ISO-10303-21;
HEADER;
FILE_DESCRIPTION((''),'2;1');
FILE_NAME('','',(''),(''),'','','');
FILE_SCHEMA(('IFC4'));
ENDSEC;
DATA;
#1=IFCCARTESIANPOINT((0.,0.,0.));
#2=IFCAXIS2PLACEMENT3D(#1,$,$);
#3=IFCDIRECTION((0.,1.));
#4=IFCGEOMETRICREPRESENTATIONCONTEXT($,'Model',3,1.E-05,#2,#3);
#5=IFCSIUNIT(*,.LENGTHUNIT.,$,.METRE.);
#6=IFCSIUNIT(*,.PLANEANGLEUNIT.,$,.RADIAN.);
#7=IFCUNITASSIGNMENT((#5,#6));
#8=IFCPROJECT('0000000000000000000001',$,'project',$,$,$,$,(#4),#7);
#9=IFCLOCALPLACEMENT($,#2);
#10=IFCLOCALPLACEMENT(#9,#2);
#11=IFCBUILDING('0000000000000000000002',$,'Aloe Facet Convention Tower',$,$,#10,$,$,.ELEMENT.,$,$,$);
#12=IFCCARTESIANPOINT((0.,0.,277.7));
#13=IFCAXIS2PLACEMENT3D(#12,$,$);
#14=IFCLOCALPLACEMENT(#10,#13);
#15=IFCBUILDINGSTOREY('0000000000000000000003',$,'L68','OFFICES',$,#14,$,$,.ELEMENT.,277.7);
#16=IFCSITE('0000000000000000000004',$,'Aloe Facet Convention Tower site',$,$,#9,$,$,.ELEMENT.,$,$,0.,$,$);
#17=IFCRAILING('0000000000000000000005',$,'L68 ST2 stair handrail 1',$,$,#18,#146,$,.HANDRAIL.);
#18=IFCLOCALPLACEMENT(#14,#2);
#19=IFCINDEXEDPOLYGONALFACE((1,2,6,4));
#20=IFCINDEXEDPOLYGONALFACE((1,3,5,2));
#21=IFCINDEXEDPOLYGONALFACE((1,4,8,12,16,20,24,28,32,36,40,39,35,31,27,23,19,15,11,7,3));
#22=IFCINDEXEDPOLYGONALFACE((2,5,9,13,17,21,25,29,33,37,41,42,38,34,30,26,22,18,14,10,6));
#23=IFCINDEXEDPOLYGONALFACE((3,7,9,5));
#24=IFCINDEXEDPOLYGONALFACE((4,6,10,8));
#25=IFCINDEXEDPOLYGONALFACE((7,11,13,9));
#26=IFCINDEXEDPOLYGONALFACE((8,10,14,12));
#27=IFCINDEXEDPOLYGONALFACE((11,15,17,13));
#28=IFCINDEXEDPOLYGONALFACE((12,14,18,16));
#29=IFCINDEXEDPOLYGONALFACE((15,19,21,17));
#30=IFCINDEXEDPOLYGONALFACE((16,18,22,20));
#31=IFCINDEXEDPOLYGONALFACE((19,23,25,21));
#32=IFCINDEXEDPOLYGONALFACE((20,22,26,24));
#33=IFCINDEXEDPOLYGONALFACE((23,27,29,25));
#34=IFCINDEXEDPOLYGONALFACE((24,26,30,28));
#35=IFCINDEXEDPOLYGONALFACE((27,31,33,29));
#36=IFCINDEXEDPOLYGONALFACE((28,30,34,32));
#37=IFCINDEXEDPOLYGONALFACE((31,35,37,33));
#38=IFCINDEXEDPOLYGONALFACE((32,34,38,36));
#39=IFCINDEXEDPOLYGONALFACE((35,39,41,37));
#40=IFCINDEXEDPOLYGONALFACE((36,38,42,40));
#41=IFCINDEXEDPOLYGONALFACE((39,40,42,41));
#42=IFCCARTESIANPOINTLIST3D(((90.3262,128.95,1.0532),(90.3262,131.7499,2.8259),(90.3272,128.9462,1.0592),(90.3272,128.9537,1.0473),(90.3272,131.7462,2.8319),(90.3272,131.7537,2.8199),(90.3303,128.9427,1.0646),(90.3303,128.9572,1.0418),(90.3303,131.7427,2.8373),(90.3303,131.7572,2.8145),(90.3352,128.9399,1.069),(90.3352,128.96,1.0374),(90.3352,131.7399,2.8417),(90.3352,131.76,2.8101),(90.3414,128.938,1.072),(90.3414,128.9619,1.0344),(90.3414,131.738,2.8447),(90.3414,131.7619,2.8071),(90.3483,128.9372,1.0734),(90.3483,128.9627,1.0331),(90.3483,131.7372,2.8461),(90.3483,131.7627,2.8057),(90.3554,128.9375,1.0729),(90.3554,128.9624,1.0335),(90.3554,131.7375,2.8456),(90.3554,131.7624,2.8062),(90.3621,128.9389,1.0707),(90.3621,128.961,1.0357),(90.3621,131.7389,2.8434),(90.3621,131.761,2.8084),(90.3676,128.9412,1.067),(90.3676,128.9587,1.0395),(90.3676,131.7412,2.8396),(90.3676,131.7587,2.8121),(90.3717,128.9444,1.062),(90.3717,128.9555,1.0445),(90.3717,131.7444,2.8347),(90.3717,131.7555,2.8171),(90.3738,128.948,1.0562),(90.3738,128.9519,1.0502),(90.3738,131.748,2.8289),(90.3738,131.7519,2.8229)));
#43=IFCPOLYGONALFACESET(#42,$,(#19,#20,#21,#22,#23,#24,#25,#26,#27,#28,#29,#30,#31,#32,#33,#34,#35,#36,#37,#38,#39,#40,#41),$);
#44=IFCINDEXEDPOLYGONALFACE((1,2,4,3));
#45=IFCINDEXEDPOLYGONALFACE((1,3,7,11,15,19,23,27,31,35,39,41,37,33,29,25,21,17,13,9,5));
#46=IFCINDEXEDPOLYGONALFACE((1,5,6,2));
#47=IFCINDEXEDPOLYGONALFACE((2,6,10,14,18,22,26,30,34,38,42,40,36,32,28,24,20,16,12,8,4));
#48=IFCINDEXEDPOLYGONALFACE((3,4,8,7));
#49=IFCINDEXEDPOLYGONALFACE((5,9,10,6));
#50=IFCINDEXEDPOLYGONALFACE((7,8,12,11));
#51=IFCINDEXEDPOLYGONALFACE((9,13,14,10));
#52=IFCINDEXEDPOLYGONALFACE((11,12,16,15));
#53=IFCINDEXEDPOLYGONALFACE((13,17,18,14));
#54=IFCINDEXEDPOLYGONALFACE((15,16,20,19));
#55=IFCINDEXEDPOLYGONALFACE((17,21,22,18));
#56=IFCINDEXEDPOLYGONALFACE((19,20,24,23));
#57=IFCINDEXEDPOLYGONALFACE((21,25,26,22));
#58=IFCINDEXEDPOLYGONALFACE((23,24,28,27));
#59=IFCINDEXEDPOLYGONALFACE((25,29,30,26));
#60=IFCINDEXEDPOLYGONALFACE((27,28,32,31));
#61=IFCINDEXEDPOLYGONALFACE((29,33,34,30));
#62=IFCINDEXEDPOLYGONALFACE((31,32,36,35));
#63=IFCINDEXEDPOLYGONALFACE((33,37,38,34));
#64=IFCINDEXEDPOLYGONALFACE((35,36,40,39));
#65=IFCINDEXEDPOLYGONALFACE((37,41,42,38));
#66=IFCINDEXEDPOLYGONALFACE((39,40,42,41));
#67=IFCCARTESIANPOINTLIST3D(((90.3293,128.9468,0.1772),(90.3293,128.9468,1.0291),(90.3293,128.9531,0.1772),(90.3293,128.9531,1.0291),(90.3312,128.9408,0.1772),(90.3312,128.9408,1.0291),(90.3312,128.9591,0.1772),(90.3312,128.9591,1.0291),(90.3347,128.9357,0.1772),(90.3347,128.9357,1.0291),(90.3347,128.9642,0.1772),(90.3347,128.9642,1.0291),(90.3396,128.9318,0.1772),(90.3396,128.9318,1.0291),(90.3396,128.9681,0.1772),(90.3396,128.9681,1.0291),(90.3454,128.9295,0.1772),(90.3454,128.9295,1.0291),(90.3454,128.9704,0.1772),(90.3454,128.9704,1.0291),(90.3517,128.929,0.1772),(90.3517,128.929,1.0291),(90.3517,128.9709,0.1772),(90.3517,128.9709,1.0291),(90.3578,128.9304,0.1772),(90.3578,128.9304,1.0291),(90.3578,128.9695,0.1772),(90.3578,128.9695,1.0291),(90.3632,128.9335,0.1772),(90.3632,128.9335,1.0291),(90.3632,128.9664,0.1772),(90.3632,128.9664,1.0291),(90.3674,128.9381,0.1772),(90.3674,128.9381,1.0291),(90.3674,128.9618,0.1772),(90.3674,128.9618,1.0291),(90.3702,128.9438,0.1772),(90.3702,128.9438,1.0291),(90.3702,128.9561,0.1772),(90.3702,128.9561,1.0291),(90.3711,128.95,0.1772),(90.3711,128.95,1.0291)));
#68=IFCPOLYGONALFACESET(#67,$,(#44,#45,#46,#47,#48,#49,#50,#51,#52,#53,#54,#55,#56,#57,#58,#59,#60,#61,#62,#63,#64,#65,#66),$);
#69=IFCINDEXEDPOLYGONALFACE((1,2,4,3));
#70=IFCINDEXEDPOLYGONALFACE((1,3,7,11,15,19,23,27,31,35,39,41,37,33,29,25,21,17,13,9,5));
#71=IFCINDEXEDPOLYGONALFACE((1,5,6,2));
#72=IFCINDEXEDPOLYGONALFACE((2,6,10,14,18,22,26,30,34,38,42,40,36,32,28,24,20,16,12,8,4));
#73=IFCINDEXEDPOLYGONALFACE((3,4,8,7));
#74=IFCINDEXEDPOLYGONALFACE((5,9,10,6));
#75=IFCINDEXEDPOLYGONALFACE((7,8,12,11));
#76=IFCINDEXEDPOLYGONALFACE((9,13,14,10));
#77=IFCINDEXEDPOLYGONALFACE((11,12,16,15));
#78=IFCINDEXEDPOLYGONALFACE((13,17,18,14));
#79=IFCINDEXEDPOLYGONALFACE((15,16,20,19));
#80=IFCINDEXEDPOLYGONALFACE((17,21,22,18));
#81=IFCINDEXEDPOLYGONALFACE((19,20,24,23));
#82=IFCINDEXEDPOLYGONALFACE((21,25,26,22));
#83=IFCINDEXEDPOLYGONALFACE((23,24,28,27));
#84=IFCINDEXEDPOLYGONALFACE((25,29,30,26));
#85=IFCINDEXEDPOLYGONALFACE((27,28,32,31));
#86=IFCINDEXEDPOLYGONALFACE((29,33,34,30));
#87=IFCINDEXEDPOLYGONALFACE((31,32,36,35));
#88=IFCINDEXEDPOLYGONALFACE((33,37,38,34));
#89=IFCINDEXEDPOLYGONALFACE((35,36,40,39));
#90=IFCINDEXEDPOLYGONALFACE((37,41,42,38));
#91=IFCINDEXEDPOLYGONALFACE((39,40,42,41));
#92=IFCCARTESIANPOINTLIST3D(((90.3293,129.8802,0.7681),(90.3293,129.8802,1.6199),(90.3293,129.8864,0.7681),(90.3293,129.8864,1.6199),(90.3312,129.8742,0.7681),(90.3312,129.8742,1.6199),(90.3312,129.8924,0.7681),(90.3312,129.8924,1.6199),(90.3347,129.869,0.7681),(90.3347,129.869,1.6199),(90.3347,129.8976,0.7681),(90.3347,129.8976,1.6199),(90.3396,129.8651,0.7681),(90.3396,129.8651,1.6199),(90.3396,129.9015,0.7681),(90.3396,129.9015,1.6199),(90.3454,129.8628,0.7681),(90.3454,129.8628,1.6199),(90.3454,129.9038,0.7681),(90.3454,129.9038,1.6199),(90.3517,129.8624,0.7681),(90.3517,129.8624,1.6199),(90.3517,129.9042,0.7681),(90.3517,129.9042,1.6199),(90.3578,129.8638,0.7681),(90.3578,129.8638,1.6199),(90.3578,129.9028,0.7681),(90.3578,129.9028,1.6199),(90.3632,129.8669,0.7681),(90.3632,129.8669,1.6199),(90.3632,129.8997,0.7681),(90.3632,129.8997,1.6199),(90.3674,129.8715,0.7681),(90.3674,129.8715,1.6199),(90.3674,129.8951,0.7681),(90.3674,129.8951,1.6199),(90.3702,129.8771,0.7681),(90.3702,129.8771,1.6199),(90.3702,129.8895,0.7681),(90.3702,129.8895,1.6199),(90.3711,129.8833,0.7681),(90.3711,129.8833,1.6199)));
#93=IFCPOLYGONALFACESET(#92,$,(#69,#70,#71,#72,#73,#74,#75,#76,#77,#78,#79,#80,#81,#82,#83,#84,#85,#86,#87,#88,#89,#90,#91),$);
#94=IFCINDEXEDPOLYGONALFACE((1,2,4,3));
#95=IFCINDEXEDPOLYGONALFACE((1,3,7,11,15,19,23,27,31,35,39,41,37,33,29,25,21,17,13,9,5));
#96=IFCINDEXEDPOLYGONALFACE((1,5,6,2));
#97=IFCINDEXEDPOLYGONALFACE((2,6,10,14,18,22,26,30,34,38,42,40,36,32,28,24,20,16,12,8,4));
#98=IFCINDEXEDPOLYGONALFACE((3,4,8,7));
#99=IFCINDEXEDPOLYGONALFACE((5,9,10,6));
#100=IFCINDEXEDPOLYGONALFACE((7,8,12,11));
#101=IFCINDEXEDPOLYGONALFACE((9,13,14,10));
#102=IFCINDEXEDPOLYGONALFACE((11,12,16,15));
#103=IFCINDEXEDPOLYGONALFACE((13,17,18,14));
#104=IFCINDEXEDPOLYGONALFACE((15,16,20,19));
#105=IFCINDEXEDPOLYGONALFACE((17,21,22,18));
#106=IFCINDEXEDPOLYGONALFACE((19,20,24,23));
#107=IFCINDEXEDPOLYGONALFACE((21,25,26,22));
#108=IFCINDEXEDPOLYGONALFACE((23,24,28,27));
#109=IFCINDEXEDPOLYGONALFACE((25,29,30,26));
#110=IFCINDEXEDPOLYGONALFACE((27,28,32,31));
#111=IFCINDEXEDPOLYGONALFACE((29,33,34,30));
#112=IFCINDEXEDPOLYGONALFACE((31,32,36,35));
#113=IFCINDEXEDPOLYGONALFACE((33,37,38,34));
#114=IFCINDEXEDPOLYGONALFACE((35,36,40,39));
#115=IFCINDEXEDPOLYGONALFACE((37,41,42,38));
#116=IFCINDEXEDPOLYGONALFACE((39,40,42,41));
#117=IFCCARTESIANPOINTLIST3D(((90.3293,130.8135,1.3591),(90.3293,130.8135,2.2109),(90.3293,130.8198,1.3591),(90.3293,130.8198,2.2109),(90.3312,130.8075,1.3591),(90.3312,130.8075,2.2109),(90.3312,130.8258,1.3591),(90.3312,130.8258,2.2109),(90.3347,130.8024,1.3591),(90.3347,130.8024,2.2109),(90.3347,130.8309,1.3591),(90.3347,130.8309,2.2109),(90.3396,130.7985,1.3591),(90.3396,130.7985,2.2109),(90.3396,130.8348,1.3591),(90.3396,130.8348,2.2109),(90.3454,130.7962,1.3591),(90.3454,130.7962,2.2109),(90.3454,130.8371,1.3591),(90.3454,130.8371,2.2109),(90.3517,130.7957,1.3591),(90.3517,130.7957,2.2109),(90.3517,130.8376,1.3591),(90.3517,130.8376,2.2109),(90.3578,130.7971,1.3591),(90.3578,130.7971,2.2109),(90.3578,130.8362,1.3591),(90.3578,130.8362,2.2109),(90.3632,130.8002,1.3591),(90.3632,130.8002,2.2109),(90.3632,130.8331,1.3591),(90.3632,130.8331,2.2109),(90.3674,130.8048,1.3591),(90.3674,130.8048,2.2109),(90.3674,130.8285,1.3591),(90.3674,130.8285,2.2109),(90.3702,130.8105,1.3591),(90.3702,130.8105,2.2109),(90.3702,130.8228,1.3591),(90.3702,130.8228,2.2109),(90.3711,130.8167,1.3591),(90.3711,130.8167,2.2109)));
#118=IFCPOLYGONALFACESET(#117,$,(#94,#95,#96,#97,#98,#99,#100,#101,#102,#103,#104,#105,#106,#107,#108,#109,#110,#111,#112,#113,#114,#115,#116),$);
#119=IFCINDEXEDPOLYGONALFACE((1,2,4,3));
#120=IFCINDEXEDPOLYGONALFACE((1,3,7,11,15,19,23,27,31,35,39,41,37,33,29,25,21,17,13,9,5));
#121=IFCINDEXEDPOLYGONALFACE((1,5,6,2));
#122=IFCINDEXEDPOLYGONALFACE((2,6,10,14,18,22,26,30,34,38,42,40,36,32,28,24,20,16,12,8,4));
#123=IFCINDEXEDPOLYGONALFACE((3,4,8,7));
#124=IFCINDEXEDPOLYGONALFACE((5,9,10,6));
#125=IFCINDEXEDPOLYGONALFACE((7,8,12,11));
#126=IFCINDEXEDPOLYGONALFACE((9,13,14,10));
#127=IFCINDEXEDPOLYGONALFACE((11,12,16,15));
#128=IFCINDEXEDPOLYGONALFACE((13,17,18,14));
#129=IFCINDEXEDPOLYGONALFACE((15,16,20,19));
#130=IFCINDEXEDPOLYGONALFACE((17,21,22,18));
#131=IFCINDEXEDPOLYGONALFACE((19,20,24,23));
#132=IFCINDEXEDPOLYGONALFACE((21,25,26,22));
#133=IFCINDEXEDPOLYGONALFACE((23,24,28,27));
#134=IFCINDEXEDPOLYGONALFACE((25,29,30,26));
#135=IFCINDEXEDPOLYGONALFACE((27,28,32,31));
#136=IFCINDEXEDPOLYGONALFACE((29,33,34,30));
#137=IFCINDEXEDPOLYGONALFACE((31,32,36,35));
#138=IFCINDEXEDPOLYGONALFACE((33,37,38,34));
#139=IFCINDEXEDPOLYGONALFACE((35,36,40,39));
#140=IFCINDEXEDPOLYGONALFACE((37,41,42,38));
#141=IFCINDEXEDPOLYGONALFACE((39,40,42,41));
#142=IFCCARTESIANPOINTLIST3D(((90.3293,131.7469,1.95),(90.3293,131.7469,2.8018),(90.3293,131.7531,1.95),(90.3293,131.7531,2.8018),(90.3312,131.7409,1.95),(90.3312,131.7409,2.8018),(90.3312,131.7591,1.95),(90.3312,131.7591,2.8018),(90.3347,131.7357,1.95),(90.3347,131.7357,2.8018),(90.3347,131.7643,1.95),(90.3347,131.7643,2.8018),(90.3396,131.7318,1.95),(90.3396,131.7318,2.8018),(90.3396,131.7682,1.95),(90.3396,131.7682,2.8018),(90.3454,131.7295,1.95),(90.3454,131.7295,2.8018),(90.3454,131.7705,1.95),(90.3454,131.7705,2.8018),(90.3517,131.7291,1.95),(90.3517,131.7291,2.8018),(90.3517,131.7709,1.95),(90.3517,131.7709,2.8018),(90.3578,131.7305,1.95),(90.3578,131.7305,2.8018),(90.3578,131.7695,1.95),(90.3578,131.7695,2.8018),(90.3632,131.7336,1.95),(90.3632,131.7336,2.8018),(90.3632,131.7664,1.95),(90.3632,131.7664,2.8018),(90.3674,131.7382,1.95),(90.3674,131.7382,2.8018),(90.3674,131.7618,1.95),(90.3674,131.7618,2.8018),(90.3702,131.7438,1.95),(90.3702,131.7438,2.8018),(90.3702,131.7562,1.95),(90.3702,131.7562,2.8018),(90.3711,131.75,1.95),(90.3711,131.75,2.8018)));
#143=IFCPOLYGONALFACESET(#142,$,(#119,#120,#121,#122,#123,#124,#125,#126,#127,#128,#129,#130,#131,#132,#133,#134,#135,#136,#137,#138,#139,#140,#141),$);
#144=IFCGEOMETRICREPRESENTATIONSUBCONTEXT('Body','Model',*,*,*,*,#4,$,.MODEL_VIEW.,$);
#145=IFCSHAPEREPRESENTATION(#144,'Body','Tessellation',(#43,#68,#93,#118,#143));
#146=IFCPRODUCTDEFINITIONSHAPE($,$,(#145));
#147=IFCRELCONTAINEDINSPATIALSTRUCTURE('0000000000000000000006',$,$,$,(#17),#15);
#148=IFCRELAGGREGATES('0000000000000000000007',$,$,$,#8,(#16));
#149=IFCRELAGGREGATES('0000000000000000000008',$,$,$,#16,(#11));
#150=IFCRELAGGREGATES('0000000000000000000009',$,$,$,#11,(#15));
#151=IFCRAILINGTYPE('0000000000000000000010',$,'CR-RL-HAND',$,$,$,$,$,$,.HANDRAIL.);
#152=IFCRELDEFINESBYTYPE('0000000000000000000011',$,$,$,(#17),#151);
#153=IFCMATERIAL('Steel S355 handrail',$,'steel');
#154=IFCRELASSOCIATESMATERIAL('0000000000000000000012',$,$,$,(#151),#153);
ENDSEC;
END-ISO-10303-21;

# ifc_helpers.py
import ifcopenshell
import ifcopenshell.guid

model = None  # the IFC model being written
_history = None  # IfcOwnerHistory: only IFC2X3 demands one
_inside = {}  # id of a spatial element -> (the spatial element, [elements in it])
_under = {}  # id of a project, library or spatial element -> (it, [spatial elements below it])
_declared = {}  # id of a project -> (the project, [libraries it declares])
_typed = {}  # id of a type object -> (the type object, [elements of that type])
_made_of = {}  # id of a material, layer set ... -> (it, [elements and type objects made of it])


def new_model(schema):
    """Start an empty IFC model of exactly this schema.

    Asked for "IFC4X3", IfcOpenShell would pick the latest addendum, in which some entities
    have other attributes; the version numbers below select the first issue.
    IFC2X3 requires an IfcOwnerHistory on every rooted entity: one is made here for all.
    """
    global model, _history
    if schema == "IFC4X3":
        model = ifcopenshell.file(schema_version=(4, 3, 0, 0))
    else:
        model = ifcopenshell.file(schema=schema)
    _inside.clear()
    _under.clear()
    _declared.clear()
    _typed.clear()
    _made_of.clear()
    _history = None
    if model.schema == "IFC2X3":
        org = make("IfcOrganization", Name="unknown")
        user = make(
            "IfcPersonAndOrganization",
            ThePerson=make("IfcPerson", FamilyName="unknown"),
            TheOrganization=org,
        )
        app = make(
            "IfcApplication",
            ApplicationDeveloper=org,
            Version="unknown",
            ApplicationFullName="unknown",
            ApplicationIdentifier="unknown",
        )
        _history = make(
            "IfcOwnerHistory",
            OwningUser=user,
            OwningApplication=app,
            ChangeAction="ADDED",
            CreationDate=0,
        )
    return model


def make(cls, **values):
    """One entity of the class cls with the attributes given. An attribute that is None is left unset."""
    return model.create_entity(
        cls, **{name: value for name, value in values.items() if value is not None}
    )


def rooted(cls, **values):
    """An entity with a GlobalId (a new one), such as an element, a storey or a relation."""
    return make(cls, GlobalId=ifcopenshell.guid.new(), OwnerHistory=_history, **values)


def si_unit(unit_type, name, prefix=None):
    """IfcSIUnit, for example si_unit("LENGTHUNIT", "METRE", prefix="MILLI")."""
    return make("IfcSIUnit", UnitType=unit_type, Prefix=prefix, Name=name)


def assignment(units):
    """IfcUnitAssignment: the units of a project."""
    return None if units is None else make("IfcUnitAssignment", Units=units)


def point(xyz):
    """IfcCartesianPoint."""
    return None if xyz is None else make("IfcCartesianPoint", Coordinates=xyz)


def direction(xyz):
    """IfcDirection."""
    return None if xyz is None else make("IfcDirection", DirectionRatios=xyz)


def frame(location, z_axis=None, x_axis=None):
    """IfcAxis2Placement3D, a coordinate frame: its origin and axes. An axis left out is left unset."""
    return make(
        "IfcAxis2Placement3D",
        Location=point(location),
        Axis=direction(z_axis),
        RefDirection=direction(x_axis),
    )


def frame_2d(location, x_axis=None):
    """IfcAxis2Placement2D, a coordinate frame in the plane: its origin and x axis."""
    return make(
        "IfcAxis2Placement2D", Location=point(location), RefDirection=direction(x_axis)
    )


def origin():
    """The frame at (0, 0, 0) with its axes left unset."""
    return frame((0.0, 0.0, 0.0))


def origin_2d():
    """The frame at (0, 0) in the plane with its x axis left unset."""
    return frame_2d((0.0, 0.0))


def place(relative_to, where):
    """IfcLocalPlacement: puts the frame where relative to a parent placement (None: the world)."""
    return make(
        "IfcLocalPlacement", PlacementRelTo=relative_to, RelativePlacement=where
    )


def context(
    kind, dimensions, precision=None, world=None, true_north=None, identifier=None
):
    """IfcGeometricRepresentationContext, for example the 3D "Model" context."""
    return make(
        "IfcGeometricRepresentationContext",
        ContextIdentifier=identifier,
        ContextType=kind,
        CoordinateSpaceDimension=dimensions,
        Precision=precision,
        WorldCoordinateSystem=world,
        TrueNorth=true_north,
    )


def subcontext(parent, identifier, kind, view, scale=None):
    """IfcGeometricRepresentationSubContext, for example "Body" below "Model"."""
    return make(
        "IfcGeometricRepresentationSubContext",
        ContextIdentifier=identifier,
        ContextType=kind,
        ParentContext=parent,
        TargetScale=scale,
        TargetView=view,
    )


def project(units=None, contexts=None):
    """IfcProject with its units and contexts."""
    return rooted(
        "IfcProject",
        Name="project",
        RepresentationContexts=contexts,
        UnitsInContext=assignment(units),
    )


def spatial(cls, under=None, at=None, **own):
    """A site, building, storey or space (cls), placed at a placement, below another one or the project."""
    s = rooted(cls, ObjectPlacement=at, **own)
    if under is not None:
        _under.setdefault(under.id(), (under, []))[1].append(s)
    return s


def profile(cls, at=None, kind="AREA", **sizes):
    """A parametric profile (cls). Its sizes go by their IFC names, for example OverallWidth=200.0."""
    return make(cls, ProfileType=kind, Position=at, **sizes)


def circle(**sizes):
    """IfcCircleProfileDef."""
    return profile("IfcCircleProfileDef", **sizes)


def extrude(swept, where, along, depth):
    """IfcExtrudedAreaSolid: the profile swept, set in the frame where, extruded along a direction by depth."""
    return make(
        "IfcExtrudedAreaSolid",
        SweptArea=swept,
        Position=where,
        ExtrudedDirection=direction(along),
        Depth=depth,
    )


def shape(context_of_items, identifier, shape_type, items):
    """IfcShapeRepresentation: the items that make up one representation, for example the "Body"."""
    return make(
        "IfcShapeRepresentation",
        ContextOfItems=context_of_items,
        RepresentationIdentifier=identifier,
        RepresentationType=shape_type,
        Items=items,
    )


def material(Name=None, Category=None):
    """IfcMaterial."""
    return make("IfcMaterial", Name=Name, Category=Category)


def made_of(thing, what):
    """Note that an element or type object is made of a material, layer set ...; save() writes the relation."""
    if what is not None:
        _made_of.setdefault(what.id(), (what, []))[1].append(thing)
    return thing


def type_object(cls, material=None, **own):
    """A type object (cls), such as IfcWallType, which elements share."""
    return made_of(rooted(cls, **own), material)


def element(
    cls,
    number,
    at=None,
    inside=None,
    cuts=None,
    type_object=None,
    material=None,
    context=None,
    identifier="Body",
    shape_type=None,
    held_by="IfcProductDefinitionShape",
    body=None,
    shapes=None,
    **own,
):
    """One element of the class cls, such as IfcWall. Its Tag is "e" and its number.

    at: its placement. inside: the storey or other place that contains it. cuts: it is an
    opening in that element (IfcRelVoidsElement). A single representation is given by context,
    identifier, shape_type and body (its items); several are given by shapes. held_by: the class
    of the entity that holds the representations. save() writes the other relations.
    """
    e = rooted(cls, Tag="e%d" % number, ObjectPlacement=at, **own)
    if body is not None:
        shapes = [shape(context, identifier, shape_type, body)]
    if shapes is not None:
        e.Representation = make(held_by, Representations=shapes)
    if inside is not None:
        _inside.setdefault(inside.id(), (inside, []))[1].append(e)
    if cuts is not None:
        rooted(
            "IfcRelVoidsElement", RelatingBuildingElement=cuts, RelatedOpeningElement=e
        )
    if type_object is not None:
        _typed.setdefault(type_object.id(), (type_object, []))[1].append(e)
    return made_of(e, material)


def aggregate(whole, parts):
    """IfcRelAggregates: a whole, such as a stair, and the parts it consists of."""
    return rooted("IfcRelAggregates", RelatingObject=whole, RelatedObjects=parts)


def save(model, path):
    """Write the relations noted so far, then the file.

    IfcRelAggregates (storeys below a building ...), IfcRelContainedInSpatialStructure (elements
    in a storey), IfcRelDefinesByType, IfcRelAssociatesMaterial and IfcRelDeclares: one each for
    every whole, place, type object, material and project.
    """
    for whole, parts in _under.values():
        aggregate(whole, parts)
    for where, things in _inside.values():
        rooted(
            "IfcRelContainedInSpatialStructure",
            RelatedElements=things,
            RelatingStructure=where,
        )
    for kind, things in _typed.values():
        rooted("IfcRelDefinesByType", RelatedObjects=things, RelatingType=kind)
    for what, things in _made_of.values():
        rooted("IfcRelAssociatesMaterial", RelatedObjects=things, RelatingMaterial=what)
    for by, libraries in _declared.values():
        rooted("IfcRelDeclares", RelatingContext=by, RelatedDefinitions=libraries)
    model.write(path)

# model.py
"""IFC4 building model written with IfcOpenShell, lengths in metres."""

from ifc_helpers import new_model, si_unit, direction, frame, origin, origin_2d, place, context, subcontext, project, spatial, circle, extrude, material, type_object, element, save


model = new_model("IFC4")

# Units and contexts
model_context = context("Model", 3, precision=1e-05, world=origin(), true_north=direction((0.0, 1.0)))
body_context = subcontext(model_context, "Body", "Model", "MODEL_VIEW")
ifc_project = project(units=[si_unit("LENGTHUNIT", "METRE"), si_unit("PLANEANGLEUNIT", "RADIAN")], contexts=[model_context])

# Site, building, storey
site_placement = place(None, origin())
site = spatial("IfcSite", under=ifc_project, at=site_placement, Name="Aloe Facet Convention Tower site", CompositionType="ELEMENT", RefElevation=0.0)
building_placement = place(site_placement, origin())
building = spatial("IfcBuilding", under=site, at=building_placement, Name="Aloe Facet Convention Tower", CompositionType="ELEMENT")
storey_placement = place(building_placement, frame((0.0, 0.0, 277.7)))
storey = spatial("IfcBuildingStorey", under=building, at=storey_placement, Name="L68", Description="OFFICES", CompositionType="ELEMENT", Elevation=277.7)

# Railing
ifc_material_1 = material(Name="Steel S355 handrail", Category="steel")
railing_type_1 = type_object("IfcRailingType", Name="CR-RL-HAND", PredefinedType="HANDRAIL", material=ifc_material_1)
railing_1_placement = place(storey_placement, frame((90.3501, 128.95, 0.1772)))
element("IfcRailing", 1, at=railing_1_placement, inside=storey, type_object=railing_type_1, Name="L68 ST2 stair handrail 1", PredefinedType="HANDRAIL", context=body_context, shape_type="SweptSolid", body=[
    extrude(circle(Radius=0.0239, at=origin_2d()), frame((0.0, 0.0, 0.876), z_axis=(0.0, 0.844909, 0.53491), x_axis=(-1.0, 0.0, 0.0)), (0.0, 0.0, 1.0), 3.314),
    extrude(circle(Radius=0.021, at=origin_2d()), origin(), (0.0, 0.0, 1.0), 0.8518),
    extrude(circle(Radius=0.021, at=origin_2d()), frame((0.0, 0.9333, 0.5908)), (0.0, 0.0, 1.0), 0.8518),
    extrude(circle(Radius=0.021, at=origin_2d()), frame((0.0, 1.8667, 1.1819)), (0.0, 0.0, 1.0), 0.8518),
    extrude(circle(Radius=0.021, at=origin_2d()), frame((0.0, 2.8, 1.7727)), (0.0, 0.0, 1.0), 0.8518),
])

save(model, "model.ifc")
